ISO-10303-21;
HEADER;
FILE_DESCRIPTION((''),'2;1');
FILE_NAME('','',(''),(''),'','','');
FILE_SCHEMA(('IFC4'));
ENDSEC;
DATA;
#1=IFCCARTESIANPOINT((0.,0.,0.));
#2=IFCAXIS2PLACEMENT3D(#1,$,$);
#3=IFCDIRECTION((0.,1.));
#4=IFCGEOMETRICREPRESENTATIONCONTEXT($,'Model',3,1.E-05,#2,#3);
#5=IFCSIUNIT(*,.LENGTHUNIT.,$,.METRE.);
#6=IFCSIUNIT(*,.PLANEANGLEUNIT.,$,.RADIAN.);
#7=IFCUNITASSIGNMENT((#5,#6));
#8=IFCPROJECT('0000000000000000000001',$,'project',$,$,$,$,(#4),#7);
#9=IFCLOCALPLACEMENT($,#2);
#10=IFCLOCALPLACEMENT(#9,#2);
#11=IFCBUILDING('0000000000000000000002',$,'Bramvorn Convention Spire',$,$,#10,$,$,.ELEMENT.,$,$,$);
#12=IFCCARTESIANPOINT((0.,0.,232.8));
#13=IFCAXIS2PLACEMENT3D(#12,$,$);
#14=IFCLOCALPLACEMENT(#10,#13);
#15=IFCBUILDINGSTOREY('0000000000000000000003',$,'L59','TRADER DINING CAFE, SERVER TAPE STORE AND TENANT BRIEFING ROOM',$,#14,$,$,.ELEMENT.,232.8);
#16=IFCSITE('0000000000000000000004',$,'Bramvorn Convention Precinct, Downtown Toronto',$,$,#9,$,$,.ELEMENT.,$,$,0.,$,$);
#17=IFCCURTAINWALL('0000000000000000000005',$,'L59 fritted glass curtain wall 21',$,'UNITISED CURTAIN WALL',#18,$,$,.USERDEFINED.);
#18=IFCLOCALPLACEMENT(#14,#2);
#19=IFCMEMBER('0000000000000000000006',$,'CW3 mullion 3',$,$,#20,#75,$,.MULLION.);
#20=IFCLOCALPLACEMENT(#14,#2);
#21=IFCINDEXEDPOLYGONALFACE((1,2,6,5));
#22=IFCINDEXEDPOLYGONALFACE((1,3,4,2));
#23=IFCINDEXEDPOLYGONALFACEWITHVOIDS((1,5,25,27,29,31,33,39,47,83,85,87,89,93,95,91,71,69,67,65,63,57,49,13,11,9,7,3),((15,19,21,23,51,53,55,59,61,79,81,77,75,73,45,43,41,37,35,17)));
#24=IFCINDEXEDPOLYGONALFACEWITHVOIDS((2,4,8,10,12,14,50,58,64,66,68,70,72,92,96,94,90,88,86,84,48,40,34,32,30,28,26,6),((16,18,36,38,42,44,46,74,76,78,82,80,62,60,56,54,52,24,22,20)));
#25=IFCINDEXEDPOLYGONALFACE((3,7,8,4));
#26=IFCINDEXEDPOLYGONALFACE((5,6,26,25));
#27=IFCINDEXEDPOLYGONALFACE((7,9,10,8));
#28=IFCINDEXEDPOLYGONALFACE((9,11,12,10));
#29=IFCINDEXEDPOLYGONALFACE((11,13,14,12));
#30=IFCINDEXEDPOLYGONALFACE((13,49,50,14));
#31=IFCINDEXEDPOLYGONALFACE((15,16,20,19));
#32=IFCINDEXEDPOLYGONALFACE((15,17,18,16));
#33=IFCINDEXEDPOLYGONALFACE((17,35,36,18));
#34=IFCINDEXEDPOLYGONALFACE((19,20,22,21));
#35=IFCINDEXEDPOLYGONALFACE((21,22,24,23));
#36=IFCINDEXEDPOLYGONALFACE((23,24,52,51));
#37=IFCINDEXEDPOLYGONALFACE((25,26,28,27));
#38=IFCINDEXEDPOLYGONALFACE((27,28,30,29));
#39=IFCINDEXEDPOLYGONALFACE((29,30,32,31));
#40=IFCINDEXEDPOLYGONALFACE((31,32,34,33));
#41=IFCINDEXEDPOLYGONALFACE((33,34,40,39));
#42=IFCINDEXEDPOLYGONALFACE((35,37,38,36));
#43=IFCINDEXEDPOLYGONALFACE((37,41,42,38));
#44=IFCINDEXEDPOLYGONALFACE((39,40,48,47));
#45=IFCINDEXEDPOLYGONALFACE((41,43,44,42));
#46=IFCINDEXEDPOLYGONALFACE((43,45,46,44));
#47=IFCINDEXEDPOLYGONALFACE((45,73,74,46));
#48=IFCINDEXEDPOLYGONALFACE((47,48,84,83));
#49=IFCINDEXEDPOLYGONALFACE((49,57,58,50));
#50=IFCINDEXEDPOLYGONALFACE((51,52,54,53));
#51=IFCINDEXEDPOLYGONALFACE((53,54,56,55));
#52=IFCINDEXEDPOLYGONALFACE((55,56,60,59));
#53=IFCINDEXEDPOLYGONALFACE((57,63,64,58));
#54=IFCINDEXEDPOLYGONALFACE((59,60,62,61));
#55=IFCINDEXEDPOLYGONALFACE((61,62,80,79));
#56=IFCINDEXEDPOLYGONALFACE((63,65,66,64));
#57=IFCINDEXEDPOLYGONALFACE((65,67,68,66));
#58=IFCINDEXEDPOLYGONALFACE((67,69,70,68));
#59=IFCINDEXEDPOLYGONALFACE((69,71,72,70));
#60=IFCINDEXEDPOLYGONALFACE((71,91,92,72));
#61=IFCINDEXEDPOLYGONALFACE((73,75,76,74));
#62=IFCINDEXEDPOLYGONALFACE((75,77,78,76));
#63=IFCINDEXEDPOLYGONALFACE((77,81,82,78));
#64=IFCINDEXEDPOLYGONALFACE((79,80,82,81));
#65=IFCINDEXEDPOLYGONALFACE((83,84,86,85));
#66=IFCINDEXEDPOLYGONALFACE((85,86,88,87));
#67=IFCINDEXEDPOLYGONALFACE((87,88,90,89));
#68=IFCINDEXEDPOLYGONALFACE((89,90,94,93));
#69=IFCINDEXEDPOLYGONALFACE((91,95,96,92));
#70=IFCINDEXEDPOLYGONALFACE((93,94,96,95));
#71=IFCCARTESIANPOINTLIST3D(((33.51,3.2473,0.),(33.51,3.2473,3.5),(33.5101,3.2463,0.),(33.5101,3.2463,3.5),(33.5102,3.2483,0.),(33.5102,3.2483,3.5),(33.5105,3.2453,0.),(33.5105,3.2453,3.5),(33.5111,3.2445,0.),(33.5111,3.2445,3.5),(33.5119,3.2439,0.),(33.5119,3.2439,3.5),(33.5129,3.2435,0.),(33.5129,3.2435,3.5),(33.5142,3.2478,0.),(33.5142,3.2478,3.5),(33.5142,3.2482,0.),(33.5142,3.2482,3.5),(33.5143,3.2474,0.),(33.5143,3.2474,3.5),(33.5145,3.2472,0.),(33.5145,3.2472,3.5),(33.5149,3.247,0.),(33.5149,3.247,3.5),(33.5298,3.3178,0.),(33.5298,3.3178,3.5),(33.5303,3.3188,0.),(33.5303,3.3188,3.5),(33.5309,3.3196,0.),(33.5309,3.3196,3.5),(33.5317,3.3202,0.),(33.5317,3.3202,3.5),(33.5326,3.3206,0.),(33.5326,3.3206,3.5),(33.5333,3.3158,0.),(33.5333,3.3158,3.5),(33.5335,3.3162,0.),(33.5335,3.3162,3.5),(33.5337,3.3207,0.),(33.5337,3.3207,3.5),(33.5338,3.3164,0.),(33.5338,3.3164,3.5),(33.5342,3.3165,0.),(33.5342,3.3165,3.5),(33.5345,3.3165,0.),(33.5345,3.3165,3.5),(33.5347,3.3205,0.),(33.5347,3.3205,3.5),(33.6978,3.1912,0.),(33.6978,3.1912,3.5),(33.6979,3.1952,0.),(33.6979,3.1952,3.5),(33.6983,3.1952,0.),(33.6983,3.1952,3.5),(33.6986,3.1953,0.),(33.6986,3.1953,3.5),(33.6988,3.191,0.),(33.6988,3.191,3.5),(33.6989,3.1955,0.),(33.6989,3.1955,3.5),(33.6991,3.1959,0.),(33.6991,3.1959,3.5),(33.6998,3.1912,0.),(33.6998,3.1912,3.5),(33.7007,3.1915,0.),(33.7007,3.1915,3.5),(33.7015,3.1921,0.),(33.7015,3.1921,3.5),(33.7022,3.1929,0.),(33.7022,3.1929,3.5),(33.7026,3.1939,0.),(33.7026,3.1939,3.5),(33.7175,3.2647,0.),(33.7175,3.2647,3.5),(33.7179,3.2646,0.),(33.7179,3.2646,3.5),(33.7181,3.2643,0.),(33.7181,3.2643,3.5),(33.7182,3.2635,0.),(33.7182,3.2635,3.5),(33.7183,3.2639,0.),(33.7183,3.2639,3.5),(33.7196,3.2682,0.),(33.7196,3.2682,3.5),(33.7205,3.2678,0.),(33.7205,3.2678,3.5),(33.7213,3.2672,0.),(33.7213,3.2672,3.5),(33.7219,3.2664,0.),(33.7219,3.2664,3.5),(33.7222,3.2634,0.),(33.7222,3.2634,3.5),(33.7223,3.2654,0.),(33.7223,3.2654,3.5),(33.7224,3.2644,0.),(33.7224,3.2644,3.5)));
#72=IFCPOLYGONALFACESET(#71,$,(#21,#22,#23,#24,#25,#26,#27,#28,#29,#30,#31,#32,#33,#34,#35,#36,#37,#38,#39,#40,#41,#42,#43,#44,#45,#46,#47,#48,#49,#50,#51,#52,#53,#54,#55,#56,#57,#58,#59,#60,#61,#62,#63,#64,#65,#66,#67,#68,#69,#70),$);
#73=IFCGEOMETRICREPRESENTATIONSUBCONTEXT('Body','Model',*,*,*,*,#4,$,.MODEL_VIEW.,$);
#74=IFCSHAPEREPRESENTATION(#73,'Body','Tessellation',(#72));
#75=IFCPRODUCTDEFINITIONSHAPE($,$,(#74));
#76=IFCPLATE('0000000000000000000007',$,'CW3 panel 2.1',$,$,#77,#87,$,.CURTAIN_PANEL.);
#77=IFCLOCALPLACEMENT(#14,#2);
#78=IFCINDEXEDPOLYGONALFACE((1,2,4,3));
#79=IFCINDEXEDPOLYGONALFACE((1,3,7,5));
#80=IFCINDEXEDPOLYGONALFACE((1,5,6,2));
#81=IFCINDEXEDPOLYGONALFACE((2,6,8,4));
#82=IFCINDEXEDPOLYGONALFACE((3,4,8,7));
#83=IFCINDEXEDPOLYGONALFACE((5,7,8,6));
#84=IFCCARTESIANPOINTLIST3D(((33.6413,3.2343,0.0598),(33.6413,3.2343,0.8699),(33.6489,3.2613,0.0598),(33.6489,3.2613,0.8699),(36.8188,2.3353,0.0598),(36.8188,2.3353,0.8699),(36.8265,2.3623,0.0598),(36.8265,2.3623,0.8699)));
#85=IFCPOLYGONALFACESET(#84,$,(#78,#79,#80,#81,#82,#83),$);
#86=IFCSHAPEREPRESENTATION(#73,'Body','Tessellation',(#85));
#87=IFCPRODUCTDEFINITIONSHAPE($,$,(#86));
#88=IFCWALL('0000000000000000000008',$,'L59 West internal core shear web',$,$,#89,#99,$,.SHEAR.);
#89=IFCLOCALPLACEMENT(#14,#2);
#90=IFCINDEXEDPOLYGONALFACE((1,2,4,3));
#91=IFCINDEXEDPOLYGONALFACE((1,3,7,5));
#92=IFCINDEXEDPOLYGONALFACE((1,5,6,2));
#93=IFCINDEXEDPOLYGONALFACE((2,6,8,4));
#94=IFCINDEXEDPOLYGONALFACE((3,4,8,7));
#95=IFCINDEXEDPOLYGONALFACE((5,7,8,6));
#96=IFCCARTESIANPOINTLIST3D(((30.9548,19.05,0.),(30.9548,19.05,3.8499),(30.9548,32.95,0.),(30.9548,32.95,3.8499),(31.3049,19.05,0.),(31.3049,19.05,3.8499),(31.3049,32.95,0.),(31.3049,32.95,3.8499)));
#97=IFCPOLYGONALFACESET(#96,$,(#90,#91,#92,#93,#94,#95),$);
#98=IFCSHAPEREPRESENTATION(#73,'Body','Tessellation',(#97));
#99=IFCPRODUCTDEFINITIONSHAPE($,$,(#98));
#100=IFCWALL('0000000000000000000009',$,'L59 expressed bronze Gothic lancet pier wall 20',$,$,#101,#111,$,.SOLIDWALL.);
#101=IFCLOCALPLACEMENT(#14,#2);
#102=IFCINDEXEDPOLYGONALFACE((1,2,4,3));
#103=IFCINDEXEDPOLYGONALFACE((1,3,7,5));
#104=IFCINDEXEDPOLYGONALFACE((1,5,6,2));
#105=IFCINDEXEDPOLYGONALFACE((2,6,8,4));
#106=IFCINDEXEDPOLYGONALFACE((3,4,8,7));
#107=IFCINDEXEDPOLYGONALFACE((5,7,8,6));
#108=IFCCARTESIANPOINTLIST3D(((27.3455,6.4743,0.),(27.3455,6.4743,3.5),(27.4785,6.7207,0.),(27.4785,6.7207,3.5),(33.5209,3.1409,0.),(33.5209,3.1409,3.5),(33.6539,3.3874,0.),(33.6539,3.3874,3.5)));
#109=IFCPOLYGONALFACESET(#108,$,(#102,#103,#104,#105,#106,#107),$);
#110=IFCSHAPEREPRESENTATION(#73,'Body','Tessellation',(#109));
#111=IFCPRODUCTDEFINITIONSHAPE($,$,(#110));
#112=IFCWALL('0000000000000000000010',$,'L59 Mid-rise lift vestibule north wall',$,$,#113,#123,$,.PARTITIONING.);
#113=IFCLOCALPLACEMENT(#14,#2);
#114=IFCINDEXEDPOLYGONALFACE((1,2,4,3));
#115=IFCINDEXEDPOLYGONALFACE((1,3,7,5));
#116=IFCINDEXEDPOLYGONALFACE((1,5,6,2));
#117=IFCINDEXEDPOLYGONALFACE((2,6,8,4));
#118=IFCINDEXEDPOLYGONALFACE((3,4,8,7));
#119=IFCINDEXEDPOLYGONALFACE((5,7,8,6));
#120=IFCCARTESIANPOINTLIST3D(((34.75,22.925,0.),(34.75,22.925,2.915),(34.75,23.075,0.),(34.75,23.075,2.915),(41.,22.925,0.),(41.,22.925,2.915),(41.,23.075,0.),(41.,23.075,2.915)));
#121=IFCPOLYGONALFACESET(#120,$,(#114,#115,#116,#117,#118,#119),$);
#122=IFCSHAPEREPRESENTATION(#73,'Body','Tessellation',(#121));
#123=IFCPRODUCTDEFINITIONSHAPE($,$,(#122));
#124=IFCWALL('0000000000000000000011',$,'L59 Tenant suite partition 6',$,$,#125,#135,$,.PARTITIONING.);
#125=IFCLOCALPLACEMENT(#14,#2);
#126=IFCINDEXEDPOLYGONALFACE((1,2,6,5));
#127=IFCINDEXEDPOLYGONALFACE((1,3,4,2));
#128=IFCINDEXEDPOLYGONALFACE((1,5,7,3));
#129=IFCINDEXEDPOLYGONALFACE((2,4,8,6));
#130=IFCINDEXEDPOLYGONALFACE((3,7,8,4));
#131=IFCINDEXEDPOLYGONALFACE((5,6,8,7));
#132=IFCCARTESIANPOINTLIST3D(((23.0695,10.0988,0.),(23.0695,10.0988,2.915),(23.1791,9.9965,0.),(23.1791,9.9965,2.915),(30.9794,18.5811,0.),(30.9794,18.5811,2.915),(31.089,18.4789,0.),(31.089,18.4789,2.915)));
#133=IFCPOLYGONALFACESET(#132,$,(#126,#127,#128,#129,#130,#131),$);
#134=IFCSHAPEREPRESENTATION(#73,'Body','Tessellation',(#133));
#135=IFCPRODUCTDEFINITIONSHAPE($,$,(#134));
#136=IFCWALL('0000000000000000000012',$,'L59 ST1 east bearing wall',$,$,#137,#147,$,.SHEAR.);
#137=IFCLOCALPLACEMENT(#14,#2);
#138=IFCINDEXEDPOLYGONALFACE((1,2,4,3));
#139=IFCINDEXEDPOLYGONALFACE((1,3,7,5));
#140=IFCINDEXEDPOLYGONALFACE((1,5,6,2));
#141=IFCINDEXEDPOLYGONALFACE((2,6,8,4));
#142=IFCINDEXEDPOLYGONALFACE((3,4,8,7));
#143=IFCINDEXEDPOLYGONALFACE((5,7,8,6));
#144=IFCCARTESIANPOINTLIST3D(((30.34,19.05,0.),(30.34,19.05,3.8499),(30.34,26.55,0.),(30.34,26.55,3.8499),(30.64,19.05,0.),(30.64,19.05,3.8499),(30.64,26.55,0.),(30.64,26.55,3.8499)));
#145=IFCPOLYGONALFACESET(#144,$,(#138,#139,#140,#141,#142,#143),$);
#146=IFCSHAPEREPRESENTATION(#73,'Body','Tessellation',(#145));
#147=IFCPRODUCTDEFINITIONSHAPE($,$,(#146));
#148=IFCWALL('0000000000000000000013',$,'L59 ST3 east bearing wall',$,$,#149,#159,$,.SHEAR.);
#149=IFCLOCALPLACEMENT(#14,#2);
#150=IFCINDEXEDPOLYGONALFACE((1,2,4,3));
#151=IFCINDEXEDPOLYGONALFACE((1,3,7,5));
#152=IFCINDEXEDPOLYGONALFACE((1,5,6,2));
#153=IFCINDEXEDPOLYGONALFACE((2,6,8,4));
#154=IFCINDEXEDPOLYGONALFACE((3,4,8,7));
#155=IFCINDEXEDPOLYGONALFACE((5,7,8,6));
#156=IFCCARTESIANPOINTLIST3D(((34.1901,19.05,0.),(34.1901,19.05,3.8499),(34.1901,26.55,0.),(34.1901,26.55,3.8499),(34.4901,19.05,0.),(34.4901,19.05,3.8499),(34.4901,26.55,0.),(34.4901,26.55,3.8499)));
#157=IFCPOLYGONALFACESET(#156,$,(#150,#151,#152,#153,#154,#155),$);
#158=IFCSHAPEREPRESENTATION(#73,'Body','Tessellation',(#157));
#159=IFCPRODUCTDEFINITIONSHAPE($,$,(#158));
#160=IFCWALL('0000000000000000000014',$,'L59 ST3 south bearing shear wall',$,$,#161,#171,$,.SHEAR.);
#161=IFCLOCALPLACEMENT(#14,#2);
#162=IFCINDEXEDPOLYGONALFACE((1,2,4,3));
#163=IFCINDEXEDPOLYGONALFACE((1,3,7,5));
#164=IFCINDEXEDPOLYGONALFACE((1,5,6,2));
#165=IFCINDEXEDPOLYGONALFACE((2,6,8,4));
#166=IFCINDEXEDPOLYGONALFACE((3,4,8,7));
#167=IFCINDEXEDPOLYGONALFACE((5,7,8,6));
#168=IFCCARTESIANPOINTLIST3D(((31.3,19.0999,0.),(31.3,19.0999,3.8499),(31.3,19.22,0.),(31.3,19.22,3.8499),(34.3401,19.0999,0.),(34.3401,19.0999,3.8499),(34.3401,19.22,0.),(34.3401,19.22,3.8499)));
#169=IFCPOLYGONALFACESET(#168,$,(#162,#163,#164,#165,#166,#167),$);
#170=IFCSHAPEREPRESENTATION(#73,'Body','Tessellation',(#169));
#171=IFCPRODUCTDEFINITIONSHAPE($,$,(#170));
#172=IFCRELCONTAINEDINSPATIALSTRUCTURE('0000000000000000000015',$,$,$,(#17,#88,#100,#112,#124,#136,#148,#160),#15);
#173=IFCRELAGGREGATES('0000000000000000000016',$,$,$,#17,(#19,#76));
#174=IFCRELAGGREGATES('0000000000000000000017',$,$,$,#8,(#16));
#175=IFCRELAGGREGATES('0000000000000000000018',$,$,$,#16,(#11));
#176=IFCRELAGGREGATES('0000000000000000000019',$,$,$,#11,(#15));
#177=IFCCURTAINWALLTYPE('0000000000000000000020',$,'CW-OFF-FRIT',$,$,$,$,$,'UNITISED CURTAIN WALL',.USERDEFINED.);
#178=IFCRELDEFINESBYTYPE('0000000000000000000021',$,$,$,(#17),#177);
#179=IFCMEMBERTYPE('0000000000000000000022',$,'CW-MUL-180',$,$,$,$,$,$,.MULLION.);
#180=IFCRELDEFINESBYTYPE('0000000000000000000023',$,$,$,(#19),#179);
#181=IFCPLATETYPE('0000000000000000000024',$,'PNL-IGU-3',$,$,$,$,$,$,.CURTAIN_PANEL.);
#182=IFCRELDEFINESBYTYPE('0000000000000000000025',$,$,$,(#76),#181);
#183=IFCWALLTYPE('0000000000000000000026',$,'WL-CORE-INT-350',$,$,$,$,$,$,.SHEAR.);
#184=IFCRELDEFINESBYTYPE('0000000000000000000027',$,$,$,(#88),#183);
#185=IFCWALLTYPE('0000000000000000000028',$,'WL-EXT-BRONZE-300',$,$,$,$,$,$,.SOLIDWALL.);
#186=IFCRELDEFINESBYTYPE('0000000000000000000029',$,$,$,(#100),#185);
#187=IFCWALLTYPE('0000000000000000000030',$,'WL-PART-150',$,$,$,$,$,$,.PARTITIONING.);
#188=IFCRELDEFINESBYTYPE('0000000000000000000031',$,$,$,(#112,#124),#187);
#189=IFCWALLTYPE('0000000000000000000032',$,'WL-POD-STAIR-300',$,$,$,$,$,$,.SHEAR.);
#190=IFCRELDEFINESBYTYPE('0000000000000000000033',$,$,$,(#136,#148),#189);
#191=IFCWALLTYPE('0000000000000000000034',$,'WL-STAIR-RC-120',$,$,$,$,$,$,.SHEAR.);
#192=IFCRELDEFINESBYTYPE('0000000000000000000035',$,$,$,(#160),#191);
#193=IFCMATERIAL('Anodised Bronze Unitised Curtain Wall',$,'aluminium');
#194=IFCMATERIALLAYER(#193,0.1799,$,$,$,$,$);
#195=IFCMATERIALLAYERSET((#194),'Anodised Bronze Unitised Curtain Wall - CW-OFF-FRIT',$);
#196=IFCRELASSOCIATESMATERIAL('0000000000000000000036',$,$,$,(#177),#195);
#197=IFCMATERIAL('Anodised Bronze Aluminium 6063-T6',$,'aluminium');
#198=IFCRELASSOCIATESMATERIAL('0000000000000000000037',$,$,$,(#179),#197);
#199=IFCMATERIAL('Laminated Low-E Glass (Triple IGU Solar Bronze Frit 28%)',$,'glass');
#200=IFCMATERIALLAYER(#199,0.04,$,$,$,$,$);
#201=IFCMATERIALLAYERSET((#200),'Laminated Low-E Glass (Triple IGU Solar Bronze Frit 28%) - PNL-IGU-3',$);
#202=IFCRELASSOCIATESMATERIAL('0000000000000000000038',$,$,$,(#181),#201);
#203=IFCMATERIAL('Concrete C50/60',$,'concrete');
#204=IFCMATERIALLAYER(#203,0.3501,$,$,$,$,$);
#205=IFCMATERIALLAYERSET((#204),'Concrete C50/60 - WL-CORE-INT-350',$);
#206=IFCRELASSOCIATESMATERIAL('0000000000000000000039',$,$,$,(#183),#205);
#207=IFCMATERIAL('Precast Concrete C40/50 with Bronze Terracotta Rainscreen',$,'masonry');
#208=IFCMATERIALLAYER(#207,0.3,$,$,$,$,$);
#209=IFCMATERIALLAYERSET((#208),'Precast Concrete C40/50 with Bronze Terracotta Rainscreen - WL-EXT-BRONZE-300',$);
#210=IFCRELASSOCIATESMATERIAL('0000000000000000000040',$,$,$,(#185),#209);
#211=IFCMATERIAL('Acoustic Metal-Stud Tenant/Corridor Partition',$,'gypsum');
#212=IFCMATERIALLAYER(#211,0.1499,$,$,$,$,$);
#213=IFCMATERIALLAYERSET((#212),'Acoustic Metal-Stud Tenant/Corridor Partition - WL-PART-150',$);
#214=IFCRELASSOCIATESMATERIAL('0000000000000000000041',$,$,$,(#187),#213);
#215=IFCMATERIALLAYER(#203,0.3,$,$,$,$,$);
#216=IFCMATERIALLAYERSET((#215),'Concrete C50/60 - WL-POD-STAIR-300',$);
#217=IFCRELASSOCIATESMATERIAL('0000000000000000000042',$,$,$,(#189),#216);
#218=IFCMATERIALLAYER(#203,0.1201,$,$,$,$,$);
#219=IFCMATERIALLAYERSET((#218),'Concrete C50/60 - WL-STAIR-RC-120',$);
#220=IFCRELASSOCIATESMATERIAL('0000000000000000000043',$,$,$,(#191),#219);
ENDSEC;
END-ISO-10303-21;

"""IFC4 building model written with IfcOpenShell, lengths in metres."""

from ifc_helpers import new_model, si_unit, direction, frame, frame_2d, origin, origin_2d, place, context, subcontext, project, spatial, rectangle, hollow_rectangle, extrude, material, layer, layer_set, material_profile, profile_set, type_object, element, aggregate, save


model = new_model("IFC4")

# Units and contexts
model_context = context("Model", 3, precision=1e-05, world=origin(), true_north=direction((0.0, 1.0)))
body_context = subcontext(model_context, "Body", "Model", "MODEL_VIEW")
ifc_project = project(units=[si_unit("LENGTHUNIT", "METRE"), si_unit("PLANEANGLEUNIT", "RADIAN")], contexts=[model_context])

# Site, building, storey
site_placement = place(None, origin())
site = spatial("IfcSite", under=ifc_project, at=site_placement, Name="Bramvorn Convention Precinct, Downtown Toronto", CompositionType="ELEMENT", RefElevation=0.0)
building_placement = place(site_placement, origin())
building = spatial("IfcBuilding", under=site, at=building_placement, Name="Bramvorn Convention Spire", CompositionType="ELEMENT")
storey_placement = place(building_placement, frame((0.0, 0.0, 232.8)))
storey = spatial("IfcBuildingStorey", under=building, at=storey_placement, Name="L59", Description="TRADER DINING CAFE, SERVER TAPE STORE AND TENANT BRIEFING ROOM", CompositionType="ELEMENT", Elevation=232.8)

# Curtain wall, member, plate
ifc_material_1 = material(Name="Anodised Bronze Unitised Curtain Wall", Category="aluminium")
ifc_layer_1 = layer(ifc_material_1, 0.1799)
ifc_layer_set_1 = layer_set([ifc_layer_1], Name="Anodised Bronze Unitised Curtain Wall - CW-OFF-FRIT")
curtain_wall_type = type_object("IfcCurtainWallType", Name="CW-OFF-FRIT", ElementType="UNITISED CURTAIN WALL", PredefinedType="USERDEFINED", material=ifc_layer_set_1)
curtain_wall_placement = place(storey_placement, origin())
curtain_wall = element("IfcCurtainWall", 1, at=curtain_wall_placement, inside=storey, type_object=curtain_wall_type, Name="L59 fritted glass curtain wall 21", ObjectType="UNITISED CURTAIN WALL", PredefinedType="USERDEFINED")
ifc_material_2 = material(Name="Anodised Bronze Aluminium 6063-T6", Category="aluminium")
ifc_material_profile_1 = material_profile(ifc_material_2, hollow_rectangle(XDim=0.0801, YDim=0.2, WallThickness=0.0039, InnerFilletRadius=0.001, OuterFilletRadius=0.0039, at=origin_2d()))
ifc_profile_set_1 = profile_set([ifc_material_profile_1], Name="Anodised Bronze Aluminium 6063-T6 - CWM80X200")
member_type = type_object("IfcMemberType", Name="CW-MUL-180", PredefinedType="MULLION", material=ifc_profile_set_1)
member_placement = place(storey_placement, frame((33.6162, 3.2559, 0.0), z_axis=(0.0, 0.0, 1.0), x_axis=(-0.27224, -0.962229, 0.0)))
member = element("IfcMember", 2, at=member_placement, type_object=member_type, Name="CW3 mullion 3", PredefinedType="MULLION", context=body_context, shape_type="SweptSolid", body=[
    extrude(hollow_rectangle(XDim=0.0801, YDim=0.2, WallThickness=0.0039, InnerFilletRadius=0.001, OuterFilletRadius=0.0039, at=origin_2d()), origin(), (0.0, 0.0, 1.0), 3.5),
])
ifc_material_3 = material(Name="Laminated Low-E Glass (Triple IGU Solar Bronze Frit 28%)", Category="glass")
ifc_layer_2 = layer(ifc_material_3, 0.04)
ifc_layer_set_2 = layer_set([ifc_layer_2], Name="Laminated Low-E Glass (Triple IGU Solar Bronze Frit 28%) - PNL-IGU-3")
plate_type = type_object("IfcPlateType", Name="PNL-IGU-3", PredefinedType="CURTAIN_PANEL", material=ifc_layer_set_2)
plate_placement = place(storey_placement, frame((35.2339, 2.7983, 0.0598), z_axis=(0.0, 0.0, 1.0), x_axis=(-0.962229, 0.27224, 0.0)))
plate = element("IfcPlate", 3, at=plate_placement, type_object=plate_type, Name="CW3 panel 2.1", PredefinedType="CURTAIN_PANEL", context=body_context, shape_type="SweptSolid", body=[
    extrude(rectangle(XDim=3.3022, YDim=0.0281, at=origin_2d()), origin(), (0.0, 0.0, 1.0), 0.8101),
])
aggregate(curtain_wall, [member, plate])

# Wall
ifc_material_4 = material(Name="Concrete C50/60", Category="concrete")
ifc_layer_3 = layer(ifc_material_4, 0.3501)
ifc_layer_set_3 = layer_set([ifc_layer_3], Name="Concrete C50/60 - WL-CORE-INT-350")
wall_type_1 = type_object("IfcWallType", Name="WL-CORE-INT-350", PredefinedType="SHEAR", material=ifc_layer_set_3)
wall_1_placement = place(storey_placement, frame((31.1299, 19.05, 0.0), z_axis=(0.0, 0.0, 1.0), x_axis=(0.0, 1.0, 0.0)))
element("IfcWall", 4, at=wall_1_placement, inside=storey, type_object=wall_type_1, Name="L59 West internal core shear web", PredefinedType="SHEAR", context=body_context, shape_type="SweptSolid", body=[
    extrude(rectangle(XDim=13.8999, YDim=0.3501, at=frame_2d((6.95, 0.0))), origin(), (0.0, 0.0, 1.0), 3.8499),
])

# Walls
ifc_material_5 = material(Name="Precast Concrete C40/50 with Bronze Terracotta Rainscreen", Category="masonry")
ifc_layer_4 = layer(ifc_material_5, 0.3)
ifc_layer_set_4 = layer_set([ifc_layer_4], Name="Precast Concrete C40/50 with Bronze Terracotta Rainscreen - WL-EXT-BRONZE-300")
wall_type_2 = type_object("IfcWallType", Name="WL-EXT-BRONZE-300", PredefinedType="SOLIDWALL", material=ifc_layer_set_4)
wall_2_placement = place(storey_placement, frame((33.5874, 3.2642, 0.0), z_axis=(0.0, 0.0, 1.0), x_axis=(-0.879989, 0.474994, 0.0)))
element("IfcWall", 5, at=wall_2_placement, inside=storey, type_object=wall_type_2, Name="L59 expressed bronze Gothic lancet pier wall 20", PredefinedType="SOLIDWALL", context=body_context, shape_type="SweptSolid", body=[
    extrude(rectangle(XDim=7.0176, YDim=0.28, at=frame_2d((3.5088, 0.0))), origin(), (0.0, 0.0, 1.0), 3.5),
])
ifc_material_6 = material(Name="Acoustic Metal-Stud Tenant/Corridor Partition", Category="gypsum")
ifc_layer_5 = layer(ifc_material_6, 0.1499)
ifc_layer_set_5 = layer_set([ifc_layer_5], Name="Acoustic Metal-Stud Tenant/Corridor Partition - WL-PART-150")
wall_type_3 = type_object("IfcWallType", Name="WL-PART-150", PredefinedType="PARTITIONING", material=ifc_layer_set_5)
wall_3_placement = place(storey_placement, frame((34.75, 23.0, 0.0), z_axis=(0.0, 0.0, 1.0), x_axis=(1.0, 0.0, 0.0)))
element("IfcWall", 6, at=wall_3_placement, inside=storey, type_object=wall_type_3, Name="L59 Mid-rise lift vestibule north wall", PredefinedType="PARTITIONING", context=body_context, shape_type="SweptSolid", body=[
    extrude(rectangle(XDim=6.25, YDim=0.1499, at=frame_2d((3.125, 0.0))), origin(), (0.0, 0.0, 1.0), 2.915),
])
wall_4_placement = place(storey_placement, frame((31.0342, 18.53, 0.0), z_axis=(0.0, 0.0, 1.0), x_axis=(-0.681995, -0.731357, 0.0)))
element("IfcWall", 7, at=wall_4_placement, inside=storey, type_object=wall_type_3, Name="L59 Tenant suite partition 6", PredefinedType="PARTITIONING", context=body_context, shape_type="SweptSolid", body=[
    extrude(rectangle(XDim=11.5981, YDim=0.1499, at=frame_2d((5.7991, 0.0))), origin(), (0.0, 0.0, 1.0), 2.915),
])
ifc_layer_6 = layer(ifc_material_4, 0.3)
ifc_layer_set_6 = layer_set([ifc_layer_6], Name="Concrete C50/60 - WL-POD-STAIR-300")
wall_type_4 = type_object("IfcWallType", Name="WL-POD-STAIR-300", PredefinedType="SHEAR", material=ifc_layer_set_6)
for number, where, z_axis, x_axis, name in (
    (8, (30.49, 19.05, 0.0), (0.0, 0.0, 1.0), (0.0, 1.0, 0.0), "L59 ST1 east bearing wall"),
    (9, (34.3401, 19.05, 0.0), (0.0, 0.0, 1.0), (0.0, 1.0, 0.0), "L59 ST3 east bearing wall"),
):
    element("IfcWall", number, at=place(storey_placement, frame(where, z_axis=z_axis, x_axis=x_axis)), inside=storey, type_object=wall_type_4, Name=name, PredefinedType="SHEAR", context=body_context, shape_type="SweptSolid", body=[
        extrude(rectangle(XDim=7.5, YDim=0.3, at=frame_2d((3.75, 0.0))), origin(), (0.0, 0.0, 1.0), 3.8499),
    ])
ifc_layer_7 = layer(ifc_material_4, 0.1201)
ifc_layer_set_7 = layer_set([ifc_layer_7], Name="Concrete C50/60 - WL-STAIR-RC-120")
wall_type_5 = type_object("IfcWallType", Name="WL-STAIR-RC-120", PredefinedType="SHEAR", material=ifc_layer_set_7)
wall_5_placement = place(storey_placement, frame((31.3, 19.1599, 0.0), z_axis=(0.0, 0.0, 1.0), x_axis=(1.0, 0.0, 0.0)))
element("IfcWall", 10, at=wall_5_placement, inside=storey, type_object=wall_type_5, Name="L59 ST3 south bearing shear wall", PredefinedType="SHEAR", context=body_context, shape_type="SweptSolid", body=[
    extrude(rectangle(XDim=3.04, YDim=0.1201, at=frame_2d((1.52, 0.0))), origin(), (0.0, 0.0, 1.0), 3.8499),
])

save(model, "model.ifc")
